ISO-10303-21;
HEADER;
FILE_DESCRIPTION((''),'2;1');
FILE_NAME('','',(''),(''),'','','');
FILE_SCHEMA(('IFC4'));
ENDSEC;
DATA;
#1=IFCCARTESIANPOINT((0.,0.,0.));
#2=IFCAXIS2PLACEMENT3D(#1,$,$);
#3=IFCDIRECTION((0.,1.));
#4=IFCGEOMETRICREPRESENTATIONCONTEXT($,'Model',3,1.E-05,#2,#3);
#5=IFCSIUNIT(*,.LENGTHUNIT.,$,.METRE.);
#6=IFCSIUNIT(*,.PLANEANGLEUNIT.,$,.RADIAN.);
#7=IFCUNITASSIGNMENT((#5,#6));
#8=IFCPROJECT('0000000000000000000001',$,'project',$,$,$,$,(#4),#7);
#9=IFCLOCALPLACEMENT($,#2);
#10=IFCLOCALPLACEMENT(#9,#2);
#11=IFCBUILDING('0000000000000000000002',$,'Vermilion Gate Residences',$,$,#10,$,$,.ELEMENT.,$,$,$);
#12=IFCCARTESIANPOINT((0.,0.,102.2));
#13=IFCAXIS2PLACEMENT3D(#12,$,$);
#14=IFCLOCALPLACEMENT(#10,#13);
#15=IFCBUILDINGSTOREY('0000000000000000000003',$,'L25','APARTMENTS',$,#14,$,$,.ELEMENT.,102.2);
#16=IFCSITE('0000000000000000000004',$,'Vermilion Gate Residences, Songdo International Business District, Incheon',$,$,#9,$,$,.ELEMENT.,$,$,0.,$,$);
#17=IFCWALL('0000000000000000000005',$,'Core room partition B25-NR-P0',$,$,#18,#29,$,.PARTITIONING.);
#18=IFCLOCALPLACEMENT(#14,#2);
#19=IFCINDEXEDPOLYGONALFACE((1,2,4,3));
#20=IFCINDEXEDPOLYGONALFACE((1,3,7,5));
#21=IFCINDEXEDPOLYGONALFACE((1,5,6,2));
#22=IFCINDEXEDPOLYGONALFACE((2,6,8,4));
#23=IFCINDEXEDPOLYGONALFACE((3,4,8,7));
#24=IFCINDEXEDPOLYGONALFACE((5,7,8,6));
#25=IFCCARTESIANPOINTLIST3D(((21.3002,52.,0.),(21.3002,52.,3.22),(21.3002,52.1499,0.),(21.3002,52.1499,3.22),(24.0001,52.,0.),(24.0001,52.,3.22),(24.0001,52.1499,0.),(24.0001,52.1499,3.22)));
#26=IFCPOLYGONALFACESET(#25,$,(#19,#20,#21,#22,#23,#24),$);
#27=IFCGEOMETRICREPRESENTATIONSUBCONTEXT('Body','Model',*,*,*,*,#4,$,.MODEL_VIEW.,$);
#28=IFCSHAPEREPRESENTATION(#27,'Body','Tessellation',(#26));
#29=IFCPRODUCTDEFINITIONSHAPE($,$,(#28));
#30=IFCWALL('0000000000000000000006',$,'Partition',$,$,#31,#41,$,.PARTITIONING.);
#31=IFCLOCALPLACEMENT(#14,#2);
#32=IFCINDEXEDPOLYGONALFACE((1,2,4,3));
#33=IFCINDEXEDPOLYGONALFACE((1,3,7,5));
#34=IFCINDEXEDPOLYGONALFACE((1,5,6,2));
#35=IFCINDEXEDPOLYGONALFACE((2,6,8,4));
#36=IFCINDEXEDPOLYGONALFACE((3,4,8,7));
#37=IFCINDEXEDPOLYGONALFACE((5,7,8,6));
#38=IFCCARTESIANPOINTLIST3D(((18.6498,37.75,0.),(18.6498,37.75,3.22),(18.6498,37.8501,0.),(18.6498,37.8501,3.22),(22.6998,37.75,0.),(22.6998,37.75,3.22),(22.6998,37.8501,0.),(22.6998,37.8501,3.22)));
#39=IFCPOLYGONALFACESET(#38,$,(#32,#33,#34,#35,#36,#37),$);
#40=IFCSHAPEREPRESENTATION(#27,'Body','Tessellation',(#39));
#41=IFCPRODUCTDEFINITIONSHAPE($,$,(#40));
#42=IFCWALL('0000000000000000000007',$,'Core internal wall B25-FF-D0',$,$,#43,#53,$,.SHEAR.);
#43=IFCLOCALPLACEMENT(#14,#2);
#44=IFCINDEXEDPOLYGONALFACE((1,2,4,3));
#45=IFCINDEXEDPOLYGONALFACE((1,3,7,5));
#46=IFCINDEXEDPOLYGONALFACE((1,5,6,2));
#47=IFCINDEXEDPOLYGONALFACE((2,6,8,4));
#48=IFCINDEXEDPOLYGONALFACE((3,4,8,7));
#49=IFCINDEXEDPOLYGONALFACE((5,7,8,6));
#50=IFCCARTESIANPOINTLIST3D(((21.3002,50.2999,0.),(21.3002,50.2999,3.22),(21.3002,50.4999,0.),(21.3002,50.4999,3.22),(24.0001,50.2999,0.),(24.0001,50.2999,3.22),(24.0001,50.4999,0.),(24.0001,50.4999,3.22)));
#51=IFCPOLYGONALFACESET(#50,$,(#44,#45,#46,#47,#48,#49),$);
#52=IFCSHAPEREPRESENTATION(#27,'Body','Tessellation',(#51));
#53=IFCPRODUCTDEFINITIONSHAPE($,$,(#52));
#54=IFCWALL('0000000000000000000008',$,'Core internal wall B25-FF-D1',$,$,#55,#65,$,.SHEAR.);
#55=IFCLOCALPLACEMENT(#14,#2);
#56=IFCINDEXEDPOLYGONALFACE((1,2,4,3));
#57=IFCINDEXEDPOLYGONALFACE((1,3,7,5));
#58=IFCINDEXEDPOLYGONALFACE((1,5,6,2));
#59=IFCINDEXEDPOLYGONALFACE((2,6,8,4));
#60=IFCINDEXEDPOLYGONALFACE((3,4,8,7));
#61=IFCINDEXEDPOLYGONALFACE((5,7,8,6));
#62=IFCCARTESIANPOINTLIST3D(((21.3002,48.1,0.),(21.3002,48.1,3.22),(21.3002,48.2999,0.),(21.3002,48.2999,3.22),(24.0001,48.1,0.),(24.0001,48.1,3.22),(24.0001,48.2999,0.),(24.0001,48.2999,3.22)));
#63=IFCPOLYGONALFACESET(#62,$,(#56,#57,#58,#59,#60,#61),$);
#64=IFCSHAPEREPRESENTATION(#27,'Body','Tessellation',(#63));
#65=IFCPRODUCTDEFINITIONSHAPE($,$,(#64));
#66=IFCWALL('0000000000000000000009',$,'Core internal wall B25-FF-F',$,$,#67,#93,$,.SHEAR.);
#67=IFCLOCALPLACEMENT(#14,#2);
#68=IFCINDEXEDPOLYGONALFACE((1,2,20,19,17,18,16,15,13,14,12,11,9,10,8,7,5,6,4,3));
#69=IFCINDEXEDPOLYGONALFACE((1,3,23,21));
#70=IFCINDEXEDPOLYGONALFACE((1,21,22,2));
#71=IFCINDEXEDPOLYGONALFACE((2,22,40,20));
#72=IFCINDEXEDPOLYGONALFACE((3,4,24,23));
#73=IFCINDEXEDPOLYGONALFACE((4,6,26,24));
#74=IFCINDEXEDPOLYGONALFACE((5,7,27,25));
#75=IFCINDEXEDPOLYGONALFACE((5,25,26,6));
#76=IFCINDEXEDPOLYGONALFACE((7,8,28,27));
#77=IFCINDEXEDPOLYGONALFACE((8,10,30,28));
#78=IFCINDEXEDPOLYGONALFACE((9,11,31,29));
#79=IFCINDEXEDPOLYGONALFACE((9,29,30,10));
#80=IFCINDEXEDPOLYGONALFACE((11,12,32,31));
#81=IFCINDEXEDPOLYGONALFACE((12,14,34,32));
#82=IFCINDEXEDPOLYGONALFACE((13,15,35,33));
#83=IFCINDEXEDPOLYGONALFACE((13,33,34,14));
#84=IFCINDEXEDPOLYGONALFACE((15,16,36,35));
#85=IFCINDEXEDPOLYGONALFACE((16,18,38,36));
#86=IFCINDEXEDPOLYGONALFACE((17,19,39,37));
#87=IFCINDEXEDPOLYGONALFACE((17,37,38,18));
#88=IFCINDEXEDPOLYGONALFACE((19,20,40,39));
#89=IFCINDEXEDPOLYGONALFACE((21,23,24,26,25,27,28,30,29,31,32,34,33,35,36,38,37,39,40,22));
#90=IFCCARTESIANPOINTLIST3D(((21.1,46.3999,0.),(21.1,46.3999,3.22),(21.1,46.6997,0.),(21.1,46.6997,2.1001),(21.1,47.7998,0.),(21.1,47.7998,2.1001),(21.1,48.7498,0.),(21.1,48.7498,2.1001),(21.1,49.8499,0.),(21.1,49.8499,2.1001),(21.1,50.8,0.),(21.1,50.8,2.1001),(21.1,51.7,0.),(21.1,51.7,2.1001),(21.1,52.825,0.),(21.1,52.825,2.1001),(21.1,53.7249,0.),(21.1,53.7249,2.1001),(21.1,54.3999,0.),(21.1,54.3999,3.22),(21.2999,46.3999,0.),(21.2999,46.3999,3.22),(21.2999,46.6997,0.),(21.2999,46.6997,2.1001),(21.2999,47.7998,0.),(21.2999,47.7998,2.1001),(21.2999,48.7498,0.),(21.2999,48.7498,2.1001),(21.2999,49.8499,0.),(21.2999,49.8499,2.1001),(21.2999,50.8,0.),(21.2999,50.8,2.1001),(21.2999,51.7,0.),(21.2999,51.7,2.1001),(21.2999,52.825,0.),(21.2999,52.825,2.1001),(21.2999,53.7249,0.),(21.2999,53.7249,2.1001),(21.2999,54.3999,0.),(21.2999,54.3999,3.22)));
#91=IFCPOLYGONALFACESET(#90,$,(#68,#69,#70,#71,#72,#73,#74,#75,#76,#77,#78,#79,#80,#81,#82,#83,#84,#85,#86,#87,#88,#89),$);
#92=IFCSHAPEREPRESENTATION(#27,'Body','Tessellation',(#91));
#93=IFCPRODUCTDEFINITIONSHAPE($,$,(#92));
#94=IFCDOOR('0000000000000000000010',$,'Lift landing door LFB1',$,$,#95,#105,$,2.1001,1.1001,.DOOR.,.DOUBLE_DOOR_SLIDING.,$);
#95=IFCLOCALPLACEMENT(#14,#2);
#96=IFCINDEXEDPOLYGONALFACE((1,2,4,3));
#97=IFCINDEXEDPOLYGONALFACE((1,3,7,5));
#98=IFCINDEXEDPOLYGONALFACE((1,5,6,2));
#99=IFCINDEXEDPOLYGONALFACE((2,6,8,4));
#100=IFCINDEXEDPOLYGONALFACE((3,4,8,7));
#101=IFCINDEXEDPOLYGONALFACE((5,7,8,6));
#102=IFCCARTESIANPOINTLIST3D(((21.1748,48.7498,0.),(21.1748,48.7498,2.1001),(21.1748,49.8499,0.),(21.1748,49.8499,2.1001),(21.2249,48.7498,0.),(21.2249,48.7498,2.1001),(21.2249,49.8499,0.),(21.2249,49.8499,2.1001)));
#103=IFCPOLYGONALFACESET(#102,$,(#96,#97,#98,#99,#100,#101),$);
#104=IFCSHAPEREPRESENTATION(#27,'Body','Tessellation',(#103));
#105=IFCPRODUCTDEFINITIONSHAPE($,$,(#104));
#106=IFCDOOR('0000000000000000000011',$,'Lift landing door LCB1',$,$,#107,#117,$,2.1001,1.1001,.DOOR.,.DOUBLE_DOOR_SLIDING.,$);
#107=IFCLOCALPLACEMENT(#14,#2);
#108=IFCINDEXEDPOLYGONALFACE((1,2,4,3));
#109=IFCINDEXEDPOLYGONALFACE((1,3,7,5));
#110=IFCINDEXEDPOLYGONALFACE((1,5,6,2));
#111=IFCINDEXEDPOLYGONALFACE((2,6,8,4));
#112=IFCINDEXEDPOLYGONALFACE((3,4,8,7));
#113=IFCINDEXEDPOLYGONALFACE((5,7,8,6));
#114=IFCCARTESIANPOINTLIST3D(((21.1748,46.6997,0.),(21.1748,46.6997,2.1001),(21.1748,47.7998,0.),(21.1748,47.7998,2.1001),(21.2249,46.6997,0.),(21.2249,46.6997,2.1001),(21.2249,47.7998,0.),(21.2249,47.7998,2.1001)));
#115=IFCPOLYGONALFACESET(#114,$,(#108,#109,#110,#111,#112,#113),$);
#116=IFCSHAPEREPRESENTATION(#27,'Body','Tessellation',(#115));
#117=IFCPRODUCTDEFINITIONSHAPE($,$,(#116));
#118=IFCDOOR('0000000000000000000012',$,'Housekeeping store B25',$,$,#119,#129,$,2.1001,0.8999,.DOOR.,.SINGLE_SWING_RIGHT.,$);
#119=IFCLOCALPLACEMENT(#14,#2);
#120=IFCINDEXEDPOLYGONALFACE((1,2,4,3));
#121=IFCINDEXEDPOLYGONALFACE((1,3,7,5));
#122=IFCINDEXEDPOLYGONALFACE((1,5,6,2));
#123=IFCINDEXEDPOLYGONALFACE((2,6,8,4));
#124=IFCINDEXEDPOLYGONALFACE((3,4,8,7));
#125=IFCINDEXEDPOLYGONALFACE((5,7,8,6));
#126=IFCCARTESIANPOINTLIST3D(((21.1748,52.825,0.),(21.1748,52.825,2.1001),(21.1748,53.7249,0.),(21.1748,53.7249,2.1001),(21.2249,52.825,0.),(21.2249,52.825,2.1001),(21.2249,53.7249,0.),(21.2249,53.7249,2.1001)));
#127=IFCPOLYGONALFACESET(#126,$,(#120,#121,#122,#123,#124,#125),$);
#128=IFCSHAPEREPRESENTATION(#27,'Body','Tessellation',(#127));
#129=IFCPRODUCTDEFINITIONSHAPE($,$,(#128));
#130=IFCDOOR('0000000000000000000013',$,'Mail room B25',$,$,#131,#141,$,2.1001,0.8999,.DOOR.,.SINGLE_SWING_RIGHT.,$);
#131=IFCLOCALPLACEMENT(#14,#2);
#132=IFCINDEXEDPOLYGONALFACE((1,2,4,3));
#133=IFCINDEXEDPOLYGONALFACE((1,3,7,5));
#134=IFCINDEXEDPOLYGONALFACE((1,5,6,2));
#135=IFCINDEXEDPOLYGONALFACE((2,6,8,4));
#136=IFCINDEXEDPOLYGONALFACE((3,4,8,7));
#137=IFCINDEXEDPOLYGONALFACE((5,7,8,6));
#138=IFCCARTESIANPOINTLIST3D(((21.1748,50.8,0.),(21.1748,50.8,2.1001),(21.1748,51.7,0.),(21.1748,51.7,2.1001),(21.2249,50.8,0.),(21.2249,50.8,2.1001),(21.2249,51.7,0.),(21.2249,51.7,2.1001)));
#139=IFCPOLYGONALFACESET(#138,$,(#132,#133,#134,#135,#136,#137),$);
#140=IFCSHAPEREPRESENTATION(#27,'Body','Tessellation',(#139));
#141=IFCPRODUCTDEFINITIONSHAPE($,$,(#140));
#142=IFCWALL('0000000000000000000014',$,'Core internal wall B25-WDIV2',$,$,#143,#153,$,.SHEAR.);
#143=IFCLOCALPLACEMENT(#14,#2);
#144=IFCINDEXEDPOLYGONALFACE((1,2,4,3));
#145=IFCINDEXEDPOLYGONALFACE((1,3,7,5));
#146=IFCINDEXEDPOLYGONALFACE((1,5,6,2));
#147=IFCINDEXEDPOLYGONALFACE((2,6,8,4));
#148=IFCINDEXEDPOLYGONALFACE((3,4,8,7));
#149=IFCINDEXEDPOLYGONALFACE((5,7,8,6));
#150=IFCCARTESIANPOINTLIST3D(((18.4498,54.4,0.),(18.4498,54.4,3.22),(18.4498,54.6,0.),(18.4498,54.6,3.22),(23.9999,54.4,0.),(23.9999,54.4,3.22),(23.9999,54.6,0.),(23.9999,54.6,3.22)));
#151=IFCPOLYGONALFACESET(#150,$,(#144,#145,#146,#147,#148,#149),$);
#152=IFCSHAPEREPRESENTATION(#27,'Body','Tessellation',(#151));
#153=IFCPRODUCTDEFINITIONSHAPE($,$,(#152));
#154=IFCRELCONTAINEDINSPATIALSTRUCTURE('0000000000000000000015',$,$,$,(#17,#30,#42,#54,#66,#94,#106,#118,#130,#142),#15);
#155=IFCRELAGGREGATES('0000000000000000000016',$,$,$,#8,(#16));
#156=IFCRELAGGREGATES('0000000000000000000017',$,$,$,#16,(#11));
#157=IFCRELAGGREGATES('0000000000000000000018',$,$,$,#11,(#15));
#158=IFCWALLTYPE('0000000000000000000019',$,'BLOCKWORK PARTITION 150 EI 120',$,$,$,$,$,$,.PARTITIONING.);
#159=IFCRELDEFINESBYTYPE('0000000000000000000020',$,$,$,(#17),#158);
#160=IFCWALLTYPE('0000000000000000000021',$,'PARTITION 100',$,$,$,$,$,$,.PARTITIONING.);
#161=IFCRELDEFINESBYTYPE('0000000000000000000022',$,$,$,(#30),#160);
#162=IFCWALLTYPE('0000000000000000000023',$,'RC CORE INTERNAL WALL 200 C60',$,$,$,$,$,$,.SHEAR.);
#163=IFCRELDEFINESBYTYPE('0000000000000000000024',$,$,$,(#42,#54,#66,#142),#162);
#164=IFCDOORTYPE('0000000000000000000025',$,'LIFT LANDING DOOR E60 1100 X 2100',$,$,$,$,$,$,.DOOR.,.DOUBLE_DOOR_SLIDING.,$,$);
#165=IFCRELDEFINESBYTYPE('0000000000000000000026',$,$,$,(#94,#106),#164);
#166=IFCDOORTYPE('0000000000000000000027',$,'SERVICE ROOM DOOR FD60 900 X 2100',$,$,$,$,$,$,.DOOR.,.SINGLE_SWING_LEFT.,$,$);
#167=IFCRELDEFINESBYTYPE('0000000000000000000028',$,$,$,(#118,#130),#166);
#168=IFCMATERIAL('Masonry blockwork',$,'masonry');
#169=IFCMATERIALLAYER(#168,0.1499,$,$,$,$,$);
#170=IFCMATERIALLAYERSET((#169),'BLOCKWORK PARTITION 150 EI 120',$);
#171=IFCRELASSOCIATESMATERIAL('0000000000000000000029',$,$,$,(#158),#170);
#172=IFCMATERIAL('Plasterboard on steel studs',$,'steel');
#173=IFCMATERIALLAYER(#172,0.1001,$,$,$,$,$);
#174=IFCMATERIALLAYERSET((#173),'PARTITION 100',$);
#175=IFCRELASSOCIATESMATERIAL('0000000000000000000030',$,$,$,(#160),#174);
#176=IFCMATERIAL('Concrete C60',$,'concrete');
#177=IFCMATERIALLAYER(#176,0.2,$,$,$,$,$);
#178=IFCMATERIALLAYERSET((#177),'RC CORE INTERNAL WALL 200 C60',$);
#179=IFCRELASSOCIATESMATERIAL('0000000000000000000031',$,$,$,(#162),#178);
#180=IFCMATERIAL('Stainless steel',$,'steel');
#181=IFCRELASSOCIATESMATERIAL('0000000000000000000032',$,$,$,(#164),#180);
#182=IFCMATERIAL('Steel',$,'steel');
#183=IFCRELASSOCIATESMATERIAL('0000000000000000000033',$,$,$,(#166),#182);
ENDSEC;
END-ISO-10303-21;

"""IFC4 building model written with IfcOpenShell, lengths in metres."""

from ifc_helpers import new_model, si_unit, direction, frame, frame_2d, origin, place, context, subcontext, project, spatial, rectangle, extrude, material, layer, layer_set, type_object, element, fill, save


model = new_model("IFC4")

# Units and contexts
model_context = context("Model", 3, precision=1e-05, world=origin(), true_north=direction((0.0, 1.0)))
body_context = subcontext(model_context, "Body", "Model", "MODEL_VIEW")
ifc_project = project(units=[si_unit("LENGTHUNIT", "METRE"), si_unit("PLANEANGLEUNIT", "RADIAN")], contexts=[model_context])

# Site, building, storey
site_placement = place(None, origin())
site = spatial("IfcSite", under=ifc_project, at=site_placement, Name="Vermilion Gate Residences, Songdo International Business District, Incheon", CompositionType="ELEMENT", RefElevation=0.0)
building_placement = place(site_placement, origin())
building = spatial("IfcBuilding", under=site, at=building_placement, Name="Vermilion Gate Residences", CompositionType="ELEMENT")
storey_placement = place(building_placement, frame((0.0, 0.0, 102.2)))
storey = spatial("IfcBuildingStorey", under=building, at=storey_placement, Name="L25", Description="APARTMENTS", CompositionType="ELEMENT", Elevation=102.2)

# Walls
ifc_material_1 = material(Name="Masonry blockwork", Category="masonry")
ifc_layer_1 = layer(ifc_material_1, 0.1499)
ifc_layer_set_1 = layer_set([ifc_layer_1], Name="BLOCKWORK PARTITION 150 EI 120")
wall_type_1 = type_object("IfcWallType", Name="BLOCKWORK PARTITION 150 EI 120", PredefinedType="PARTITIONING", material=ifc_layer_set_1)
wall_1_placement = place(storey_placement, frame((21.3, 52.075, 0.0), z_axis=(0.0, 0.0, 1.0), x_axis=(1.0, 0.0, 0.0)))
element("IfcWall", 1, at=wall_1_placement, inside=storey, type_object=wall_type_1, Name="Core room partition B25-NR-P0", PredefinedType="PARTITIONING", context=body_context, shape_type="SweptSolid", body=[
    extrude(rectangle(XDim=2.7, YDim=0.1499, at=frame_2d((1.3501, 0.0))), origin(), (0.0, 0.0, 1.0), 3.22),
])
ifc_material_2 = material(Name="Plasterboard on steel studs", Category="steel")
ifc_layer_2 = layer(ifc_material_2, 0.1001)
ifc_layer_set_2 = layer_set([ifc_layer_2], Name="PARTITION 100")
wall_type_2 = type_object("IfcWallType", Name="PARTITION 100", PredefinedType="PARTITIONING", material=ifc_layer_set_2)
wall_2_placement = place(storey_placement, frame((18.6499, 37.8, 0.0), z_axis=(0.0, 0.0, 1.0), x_axis=(1.0, 0.0, 0.0)))
element("IfcWall", 2, at=wall_2_placement, inside=storey, type_object=wall_type_2, Name="Partition", PredefinedType="PARTITIONING", context=body_context, shape_type="SweptSolid", body=[
    extrude(rectangle(XDim=4.05, YDim=0.1001, at=frame_2d((2.0249, 0.0))), origin(), (0.0, 0.0, 1.0), 3.22),
])
ifc_material_3 = material(Name="Concrete C60", Category="concrete")
ifc_layer_3 = layer(ifc_material_3, 0.2)
ifc_layer_set_3 = layer_set([ifc_layer_3], Name="RC CORE INTERNAL WALL 200 C60")
wall_type_3 = type_object("IfcWallType", Name="RC CORE INTERNAL WALL 200 C60", PredefinedType="SHEAR", material=ifc_layer_set_3)
for number, where, z_axis, x_axis, name in (
    (3, (21.3, 50.3999, 0.0), (0.0, 0.0, 1.0), (1.0, 0.0, 0.0), "Core internal wall B25-FF-D0"),
    (4, (21.3, 48.2, 0.0), (0.0, 0.0, 1.0), (1.0, 0.0, 0.0), "Core internal wall B25-FF-D1"),
):
    element("IfcWall", number, at=place(storey_placement, frame(where, z_axis=z_axis, x_axis=x_axis)), inside=storey, type_object=wall_type_3, Name=name, PredefinedType="SHEAR", context=body_context, shape_type="SweptSolid", body=[
        extrude(rectangle(XDim=2.7, YDim=0.2, at=frame_2d((1.3501, 0.0))), origin(), (0.0, 0.0, 1.0), 3.22),
    ])

# Wall, openings, doors
wall_3_placement = place(storey_placement, frame((21.2, 54.3999, 0.0), z_axis=(0.0, 0.0, 1.0), x_axis=(0.0, -1.0, 0.0)))
wall_3 = element("IfcWall", 5, at=wall_3_placement, inside=storey, type_object=wall_type_3, Name="Core internal wall B25-FF-F", PredefinedType="SHEAR", context=body_context, shape_type="SweptSolid", body=[
    extrude(rectangle(XDim=8.0, YDim=0.2, at=frame_2d((4.0, 0.0))), origin(), (0.0, 0.0, 1.0), 3.22),
])
opening_1_placement = place(wall_3_placement, frame((0.675, 0.0, 0.0)))
opening_1 = element("IfcOpeningElement", 6, at=opening_1_placement, cuts=wall_3, PredefinedType="OPENING", context=body_context, shape_type="SweptSolid", body=[
    extrude(rectangle(XDim=0.8999, YDim=2.1001, at=frame_2d((0.45, 1.05))), frame((0.0, 0.1099, 0.0), z_axis=(0.0, -1.0, 0.0), x_axis=(1.0, 0.0, 0.0)), (0.0, 0.0, 1.0), 0.22),
])
opening_2_placement = place(wall_3_placement, frame((2.7, 0.0, 0.0)))
opening_2 = element("IfcOpeningElement", 7, at=opening_2_placement, cuts=wall_3, PredefinedType="OPENING", context=body_context, shape_type="SweptSolid", body=[
    extrude(rectangle(XDim=0.8999, YDim=2.1001, at=frame_2d((0.45, 1.05))), frame((0.0, 0.1099, 0.0), z_axis=(0.0, -1.0, 0.0), x_axis=(1.0, 0.0, 0.0)), (0.0, 0.0, 1.0), 0.22),
])
opening_3_placement = place(wall_3_placement, frame((4.55, 0.0, 0.0)))
opening_3 = element("IfcOpeningElement", 8, at=opening_3_placement, cuts=wall_3, PredefinedType="OPENING", context=body_context, shape_type="SweptSolid", body=[
    extrude(rectangle(XDim=1.1001, YDim=2.1001, at=frame_2d((0.55, 1.05))), frame((0.0, 0.1099, 0.0), z_axis=(0.0, -1.0, 0.0), x_axis=(1.0, 0.0, 0.0)), (0.0, 0.0, 1.0), 0.22),
])
opening_4_placement = place(wall_3_placement, frame((6.6001, 0.0, 0.0)))
opening_4 = element("IfcOpeningElement", 9, at=opening_4_placement, cuts=wall_3, PredefinedType="OPENING", context=body_context, shape_type="SweptSolid", body=[
    extrude(rectangle(XDim=1.1001, YDim=2.1001, at=frame_2d((0.55, 1.05))), frame((0.0, 0.1099, 0.0), z_axis=(0.0, -1.0, 0.0), x_axis=(1.0, 0.0, 0.0)), (0.0, 0.0, 1.0), 0.22),
])
ifc_material_4 = material(Name="Stainless steel", Category="steel")
door_type_1 = type_object("IfcDoorType", Name="LIFT LANDING DOOR E60 1100 X 2100", OperationType="DOUBLE_DOOR_SLIDING", PredefinedType="DOOR", material=ifc_material_4)
door_1_placement = place(opening_3_placement, origin())
door_1 = element("IfcDoor", 10, at=door_1_placement, inside=storey, type_object=door_type_1, Name="Lift landing door LFB1", OperationType="DOUBLE_DOOR_SLIDING", OverallHeight=2.1001, OverallWidth=1.1001, PredefinedType="DOOR", context=body_context, shape_type="SweptSolid", body=[
    extrude(rectangle(XDim=1.1001, YDim=2.1001, at=frame_2d((0.55, 1.05))), frame((0.0, 0.0249, 0.0), z_axis=(0.0, -1.0, 0.0), x_axis=(1.0, 0.0, 0.0)), (0.0, 0.0, 1.0), 0.05),
])
fill(opening_3, door_1)
door_2_placement = place(opening_4_placement, origin())
door_2 = element("IfcDoor", 11, at=door_2_placement, inside=storey, type_object=door_type_1, Name="Lift landing door LCB1", OperationType="DOUBLE_DOOR_SLIDING", OverallHeight=2.1001, OverallWidth=1.1001, PredefinedType="DOOR", context=body_context, shape_type="SweptSolid", body=[
    extrude(rectangle(XDim=1.1001, YDim=2.1001, at=frame_2d((0.55, 1.05))), frame((0.0, 0.0249, 0.0), z_axis=(0.0, -1.0, 0.0), x_axis=(1.0, 0.0, 0.0)), (0.0, 0.0, 1.0), 0.05),
])
fill(opening_4, door_2)
ifc_material_5 = material(Name="Steel", Category="steel")
door_type_2 = type_object("IfcDoorType", Name="SERVICE ROOM DOOR FD60 900 X 2100", OperationType="SINGLE_SWING_LEFT", PredefinedType="DOOR", material=ifc_material_5)
door_3_placement = place(opening_1_placement, origin())
door_3 = element("IfcDoor", 12, at=door_3_placement, inside=storey, type_object=door_type_2, Name="Housekeeping store B25", OperationType="SINGLE_SWING_RIGHT", OverallHeight=2.1001, OverallWidth=0.8999, PredefinedType="DOOR", context=body_context, shape_type="SweptSolid", body=[
    extrude(rectangle(XDim=0.8999, YDim=2.1001, at=frame_2d((0.45, 1.05))), frame((0.0, 0.0249, 0.0), z_axis=(0.0, -1.0, 0.0), x_axis=(1.0, 0.0, 0.0)), (0.0, 0.0, 1.0), 0.05),
])
fill(opening_1, door_3)
door_4_placement = place(opening_2_placement, origin())
door_4 = element("IfcDoor", 13, at=door_4_placement, inside=storey, type_object=door_type_2, Name="Mail room B25", OperationType="SINGLE_SWING_RIGHT", OverallHeight=2.1001, OverallWidth=0.8999, PredefinedType="DOOR", context=body_context, shape_type="SweptSolid", body=[
    extrude(rectangle(XDim=0.8999, YDim=2.1001, at=frame_2d((0.45, 1.05))), frame((0.0, 0.0249, 0.0), z_axis=(0.0, -1.0, 0.0), x_axis=(1.0, 0.0, 0.0)), (0.0, 0.0, 1.0), 0.05),
])
fill(opening_2, door_4)

# Wall
wall_4_placement = place(storey_placement, frame((18.45, 54.5, 0.0), z_axis=(0.0, 0.0, 1.0), x_axis=(1.0, 0.0, 0.0)))
element("IfcWall", 14, at=wall_4_placement, inside=storey, type_object=wall_type_3, Name="Core internal wall B25-WDIV2", PredefinedType="SHEAR", context=body_context, shape_type="SweptSolid", body=[
    extrude(rectangle(XDim=5.55, YDim=0.2, at=frame_2d((2.7749, 0.0))), origin(), (0.0, 0.0, 1.0), 3.22),
])

save(model, "model.ifc")
